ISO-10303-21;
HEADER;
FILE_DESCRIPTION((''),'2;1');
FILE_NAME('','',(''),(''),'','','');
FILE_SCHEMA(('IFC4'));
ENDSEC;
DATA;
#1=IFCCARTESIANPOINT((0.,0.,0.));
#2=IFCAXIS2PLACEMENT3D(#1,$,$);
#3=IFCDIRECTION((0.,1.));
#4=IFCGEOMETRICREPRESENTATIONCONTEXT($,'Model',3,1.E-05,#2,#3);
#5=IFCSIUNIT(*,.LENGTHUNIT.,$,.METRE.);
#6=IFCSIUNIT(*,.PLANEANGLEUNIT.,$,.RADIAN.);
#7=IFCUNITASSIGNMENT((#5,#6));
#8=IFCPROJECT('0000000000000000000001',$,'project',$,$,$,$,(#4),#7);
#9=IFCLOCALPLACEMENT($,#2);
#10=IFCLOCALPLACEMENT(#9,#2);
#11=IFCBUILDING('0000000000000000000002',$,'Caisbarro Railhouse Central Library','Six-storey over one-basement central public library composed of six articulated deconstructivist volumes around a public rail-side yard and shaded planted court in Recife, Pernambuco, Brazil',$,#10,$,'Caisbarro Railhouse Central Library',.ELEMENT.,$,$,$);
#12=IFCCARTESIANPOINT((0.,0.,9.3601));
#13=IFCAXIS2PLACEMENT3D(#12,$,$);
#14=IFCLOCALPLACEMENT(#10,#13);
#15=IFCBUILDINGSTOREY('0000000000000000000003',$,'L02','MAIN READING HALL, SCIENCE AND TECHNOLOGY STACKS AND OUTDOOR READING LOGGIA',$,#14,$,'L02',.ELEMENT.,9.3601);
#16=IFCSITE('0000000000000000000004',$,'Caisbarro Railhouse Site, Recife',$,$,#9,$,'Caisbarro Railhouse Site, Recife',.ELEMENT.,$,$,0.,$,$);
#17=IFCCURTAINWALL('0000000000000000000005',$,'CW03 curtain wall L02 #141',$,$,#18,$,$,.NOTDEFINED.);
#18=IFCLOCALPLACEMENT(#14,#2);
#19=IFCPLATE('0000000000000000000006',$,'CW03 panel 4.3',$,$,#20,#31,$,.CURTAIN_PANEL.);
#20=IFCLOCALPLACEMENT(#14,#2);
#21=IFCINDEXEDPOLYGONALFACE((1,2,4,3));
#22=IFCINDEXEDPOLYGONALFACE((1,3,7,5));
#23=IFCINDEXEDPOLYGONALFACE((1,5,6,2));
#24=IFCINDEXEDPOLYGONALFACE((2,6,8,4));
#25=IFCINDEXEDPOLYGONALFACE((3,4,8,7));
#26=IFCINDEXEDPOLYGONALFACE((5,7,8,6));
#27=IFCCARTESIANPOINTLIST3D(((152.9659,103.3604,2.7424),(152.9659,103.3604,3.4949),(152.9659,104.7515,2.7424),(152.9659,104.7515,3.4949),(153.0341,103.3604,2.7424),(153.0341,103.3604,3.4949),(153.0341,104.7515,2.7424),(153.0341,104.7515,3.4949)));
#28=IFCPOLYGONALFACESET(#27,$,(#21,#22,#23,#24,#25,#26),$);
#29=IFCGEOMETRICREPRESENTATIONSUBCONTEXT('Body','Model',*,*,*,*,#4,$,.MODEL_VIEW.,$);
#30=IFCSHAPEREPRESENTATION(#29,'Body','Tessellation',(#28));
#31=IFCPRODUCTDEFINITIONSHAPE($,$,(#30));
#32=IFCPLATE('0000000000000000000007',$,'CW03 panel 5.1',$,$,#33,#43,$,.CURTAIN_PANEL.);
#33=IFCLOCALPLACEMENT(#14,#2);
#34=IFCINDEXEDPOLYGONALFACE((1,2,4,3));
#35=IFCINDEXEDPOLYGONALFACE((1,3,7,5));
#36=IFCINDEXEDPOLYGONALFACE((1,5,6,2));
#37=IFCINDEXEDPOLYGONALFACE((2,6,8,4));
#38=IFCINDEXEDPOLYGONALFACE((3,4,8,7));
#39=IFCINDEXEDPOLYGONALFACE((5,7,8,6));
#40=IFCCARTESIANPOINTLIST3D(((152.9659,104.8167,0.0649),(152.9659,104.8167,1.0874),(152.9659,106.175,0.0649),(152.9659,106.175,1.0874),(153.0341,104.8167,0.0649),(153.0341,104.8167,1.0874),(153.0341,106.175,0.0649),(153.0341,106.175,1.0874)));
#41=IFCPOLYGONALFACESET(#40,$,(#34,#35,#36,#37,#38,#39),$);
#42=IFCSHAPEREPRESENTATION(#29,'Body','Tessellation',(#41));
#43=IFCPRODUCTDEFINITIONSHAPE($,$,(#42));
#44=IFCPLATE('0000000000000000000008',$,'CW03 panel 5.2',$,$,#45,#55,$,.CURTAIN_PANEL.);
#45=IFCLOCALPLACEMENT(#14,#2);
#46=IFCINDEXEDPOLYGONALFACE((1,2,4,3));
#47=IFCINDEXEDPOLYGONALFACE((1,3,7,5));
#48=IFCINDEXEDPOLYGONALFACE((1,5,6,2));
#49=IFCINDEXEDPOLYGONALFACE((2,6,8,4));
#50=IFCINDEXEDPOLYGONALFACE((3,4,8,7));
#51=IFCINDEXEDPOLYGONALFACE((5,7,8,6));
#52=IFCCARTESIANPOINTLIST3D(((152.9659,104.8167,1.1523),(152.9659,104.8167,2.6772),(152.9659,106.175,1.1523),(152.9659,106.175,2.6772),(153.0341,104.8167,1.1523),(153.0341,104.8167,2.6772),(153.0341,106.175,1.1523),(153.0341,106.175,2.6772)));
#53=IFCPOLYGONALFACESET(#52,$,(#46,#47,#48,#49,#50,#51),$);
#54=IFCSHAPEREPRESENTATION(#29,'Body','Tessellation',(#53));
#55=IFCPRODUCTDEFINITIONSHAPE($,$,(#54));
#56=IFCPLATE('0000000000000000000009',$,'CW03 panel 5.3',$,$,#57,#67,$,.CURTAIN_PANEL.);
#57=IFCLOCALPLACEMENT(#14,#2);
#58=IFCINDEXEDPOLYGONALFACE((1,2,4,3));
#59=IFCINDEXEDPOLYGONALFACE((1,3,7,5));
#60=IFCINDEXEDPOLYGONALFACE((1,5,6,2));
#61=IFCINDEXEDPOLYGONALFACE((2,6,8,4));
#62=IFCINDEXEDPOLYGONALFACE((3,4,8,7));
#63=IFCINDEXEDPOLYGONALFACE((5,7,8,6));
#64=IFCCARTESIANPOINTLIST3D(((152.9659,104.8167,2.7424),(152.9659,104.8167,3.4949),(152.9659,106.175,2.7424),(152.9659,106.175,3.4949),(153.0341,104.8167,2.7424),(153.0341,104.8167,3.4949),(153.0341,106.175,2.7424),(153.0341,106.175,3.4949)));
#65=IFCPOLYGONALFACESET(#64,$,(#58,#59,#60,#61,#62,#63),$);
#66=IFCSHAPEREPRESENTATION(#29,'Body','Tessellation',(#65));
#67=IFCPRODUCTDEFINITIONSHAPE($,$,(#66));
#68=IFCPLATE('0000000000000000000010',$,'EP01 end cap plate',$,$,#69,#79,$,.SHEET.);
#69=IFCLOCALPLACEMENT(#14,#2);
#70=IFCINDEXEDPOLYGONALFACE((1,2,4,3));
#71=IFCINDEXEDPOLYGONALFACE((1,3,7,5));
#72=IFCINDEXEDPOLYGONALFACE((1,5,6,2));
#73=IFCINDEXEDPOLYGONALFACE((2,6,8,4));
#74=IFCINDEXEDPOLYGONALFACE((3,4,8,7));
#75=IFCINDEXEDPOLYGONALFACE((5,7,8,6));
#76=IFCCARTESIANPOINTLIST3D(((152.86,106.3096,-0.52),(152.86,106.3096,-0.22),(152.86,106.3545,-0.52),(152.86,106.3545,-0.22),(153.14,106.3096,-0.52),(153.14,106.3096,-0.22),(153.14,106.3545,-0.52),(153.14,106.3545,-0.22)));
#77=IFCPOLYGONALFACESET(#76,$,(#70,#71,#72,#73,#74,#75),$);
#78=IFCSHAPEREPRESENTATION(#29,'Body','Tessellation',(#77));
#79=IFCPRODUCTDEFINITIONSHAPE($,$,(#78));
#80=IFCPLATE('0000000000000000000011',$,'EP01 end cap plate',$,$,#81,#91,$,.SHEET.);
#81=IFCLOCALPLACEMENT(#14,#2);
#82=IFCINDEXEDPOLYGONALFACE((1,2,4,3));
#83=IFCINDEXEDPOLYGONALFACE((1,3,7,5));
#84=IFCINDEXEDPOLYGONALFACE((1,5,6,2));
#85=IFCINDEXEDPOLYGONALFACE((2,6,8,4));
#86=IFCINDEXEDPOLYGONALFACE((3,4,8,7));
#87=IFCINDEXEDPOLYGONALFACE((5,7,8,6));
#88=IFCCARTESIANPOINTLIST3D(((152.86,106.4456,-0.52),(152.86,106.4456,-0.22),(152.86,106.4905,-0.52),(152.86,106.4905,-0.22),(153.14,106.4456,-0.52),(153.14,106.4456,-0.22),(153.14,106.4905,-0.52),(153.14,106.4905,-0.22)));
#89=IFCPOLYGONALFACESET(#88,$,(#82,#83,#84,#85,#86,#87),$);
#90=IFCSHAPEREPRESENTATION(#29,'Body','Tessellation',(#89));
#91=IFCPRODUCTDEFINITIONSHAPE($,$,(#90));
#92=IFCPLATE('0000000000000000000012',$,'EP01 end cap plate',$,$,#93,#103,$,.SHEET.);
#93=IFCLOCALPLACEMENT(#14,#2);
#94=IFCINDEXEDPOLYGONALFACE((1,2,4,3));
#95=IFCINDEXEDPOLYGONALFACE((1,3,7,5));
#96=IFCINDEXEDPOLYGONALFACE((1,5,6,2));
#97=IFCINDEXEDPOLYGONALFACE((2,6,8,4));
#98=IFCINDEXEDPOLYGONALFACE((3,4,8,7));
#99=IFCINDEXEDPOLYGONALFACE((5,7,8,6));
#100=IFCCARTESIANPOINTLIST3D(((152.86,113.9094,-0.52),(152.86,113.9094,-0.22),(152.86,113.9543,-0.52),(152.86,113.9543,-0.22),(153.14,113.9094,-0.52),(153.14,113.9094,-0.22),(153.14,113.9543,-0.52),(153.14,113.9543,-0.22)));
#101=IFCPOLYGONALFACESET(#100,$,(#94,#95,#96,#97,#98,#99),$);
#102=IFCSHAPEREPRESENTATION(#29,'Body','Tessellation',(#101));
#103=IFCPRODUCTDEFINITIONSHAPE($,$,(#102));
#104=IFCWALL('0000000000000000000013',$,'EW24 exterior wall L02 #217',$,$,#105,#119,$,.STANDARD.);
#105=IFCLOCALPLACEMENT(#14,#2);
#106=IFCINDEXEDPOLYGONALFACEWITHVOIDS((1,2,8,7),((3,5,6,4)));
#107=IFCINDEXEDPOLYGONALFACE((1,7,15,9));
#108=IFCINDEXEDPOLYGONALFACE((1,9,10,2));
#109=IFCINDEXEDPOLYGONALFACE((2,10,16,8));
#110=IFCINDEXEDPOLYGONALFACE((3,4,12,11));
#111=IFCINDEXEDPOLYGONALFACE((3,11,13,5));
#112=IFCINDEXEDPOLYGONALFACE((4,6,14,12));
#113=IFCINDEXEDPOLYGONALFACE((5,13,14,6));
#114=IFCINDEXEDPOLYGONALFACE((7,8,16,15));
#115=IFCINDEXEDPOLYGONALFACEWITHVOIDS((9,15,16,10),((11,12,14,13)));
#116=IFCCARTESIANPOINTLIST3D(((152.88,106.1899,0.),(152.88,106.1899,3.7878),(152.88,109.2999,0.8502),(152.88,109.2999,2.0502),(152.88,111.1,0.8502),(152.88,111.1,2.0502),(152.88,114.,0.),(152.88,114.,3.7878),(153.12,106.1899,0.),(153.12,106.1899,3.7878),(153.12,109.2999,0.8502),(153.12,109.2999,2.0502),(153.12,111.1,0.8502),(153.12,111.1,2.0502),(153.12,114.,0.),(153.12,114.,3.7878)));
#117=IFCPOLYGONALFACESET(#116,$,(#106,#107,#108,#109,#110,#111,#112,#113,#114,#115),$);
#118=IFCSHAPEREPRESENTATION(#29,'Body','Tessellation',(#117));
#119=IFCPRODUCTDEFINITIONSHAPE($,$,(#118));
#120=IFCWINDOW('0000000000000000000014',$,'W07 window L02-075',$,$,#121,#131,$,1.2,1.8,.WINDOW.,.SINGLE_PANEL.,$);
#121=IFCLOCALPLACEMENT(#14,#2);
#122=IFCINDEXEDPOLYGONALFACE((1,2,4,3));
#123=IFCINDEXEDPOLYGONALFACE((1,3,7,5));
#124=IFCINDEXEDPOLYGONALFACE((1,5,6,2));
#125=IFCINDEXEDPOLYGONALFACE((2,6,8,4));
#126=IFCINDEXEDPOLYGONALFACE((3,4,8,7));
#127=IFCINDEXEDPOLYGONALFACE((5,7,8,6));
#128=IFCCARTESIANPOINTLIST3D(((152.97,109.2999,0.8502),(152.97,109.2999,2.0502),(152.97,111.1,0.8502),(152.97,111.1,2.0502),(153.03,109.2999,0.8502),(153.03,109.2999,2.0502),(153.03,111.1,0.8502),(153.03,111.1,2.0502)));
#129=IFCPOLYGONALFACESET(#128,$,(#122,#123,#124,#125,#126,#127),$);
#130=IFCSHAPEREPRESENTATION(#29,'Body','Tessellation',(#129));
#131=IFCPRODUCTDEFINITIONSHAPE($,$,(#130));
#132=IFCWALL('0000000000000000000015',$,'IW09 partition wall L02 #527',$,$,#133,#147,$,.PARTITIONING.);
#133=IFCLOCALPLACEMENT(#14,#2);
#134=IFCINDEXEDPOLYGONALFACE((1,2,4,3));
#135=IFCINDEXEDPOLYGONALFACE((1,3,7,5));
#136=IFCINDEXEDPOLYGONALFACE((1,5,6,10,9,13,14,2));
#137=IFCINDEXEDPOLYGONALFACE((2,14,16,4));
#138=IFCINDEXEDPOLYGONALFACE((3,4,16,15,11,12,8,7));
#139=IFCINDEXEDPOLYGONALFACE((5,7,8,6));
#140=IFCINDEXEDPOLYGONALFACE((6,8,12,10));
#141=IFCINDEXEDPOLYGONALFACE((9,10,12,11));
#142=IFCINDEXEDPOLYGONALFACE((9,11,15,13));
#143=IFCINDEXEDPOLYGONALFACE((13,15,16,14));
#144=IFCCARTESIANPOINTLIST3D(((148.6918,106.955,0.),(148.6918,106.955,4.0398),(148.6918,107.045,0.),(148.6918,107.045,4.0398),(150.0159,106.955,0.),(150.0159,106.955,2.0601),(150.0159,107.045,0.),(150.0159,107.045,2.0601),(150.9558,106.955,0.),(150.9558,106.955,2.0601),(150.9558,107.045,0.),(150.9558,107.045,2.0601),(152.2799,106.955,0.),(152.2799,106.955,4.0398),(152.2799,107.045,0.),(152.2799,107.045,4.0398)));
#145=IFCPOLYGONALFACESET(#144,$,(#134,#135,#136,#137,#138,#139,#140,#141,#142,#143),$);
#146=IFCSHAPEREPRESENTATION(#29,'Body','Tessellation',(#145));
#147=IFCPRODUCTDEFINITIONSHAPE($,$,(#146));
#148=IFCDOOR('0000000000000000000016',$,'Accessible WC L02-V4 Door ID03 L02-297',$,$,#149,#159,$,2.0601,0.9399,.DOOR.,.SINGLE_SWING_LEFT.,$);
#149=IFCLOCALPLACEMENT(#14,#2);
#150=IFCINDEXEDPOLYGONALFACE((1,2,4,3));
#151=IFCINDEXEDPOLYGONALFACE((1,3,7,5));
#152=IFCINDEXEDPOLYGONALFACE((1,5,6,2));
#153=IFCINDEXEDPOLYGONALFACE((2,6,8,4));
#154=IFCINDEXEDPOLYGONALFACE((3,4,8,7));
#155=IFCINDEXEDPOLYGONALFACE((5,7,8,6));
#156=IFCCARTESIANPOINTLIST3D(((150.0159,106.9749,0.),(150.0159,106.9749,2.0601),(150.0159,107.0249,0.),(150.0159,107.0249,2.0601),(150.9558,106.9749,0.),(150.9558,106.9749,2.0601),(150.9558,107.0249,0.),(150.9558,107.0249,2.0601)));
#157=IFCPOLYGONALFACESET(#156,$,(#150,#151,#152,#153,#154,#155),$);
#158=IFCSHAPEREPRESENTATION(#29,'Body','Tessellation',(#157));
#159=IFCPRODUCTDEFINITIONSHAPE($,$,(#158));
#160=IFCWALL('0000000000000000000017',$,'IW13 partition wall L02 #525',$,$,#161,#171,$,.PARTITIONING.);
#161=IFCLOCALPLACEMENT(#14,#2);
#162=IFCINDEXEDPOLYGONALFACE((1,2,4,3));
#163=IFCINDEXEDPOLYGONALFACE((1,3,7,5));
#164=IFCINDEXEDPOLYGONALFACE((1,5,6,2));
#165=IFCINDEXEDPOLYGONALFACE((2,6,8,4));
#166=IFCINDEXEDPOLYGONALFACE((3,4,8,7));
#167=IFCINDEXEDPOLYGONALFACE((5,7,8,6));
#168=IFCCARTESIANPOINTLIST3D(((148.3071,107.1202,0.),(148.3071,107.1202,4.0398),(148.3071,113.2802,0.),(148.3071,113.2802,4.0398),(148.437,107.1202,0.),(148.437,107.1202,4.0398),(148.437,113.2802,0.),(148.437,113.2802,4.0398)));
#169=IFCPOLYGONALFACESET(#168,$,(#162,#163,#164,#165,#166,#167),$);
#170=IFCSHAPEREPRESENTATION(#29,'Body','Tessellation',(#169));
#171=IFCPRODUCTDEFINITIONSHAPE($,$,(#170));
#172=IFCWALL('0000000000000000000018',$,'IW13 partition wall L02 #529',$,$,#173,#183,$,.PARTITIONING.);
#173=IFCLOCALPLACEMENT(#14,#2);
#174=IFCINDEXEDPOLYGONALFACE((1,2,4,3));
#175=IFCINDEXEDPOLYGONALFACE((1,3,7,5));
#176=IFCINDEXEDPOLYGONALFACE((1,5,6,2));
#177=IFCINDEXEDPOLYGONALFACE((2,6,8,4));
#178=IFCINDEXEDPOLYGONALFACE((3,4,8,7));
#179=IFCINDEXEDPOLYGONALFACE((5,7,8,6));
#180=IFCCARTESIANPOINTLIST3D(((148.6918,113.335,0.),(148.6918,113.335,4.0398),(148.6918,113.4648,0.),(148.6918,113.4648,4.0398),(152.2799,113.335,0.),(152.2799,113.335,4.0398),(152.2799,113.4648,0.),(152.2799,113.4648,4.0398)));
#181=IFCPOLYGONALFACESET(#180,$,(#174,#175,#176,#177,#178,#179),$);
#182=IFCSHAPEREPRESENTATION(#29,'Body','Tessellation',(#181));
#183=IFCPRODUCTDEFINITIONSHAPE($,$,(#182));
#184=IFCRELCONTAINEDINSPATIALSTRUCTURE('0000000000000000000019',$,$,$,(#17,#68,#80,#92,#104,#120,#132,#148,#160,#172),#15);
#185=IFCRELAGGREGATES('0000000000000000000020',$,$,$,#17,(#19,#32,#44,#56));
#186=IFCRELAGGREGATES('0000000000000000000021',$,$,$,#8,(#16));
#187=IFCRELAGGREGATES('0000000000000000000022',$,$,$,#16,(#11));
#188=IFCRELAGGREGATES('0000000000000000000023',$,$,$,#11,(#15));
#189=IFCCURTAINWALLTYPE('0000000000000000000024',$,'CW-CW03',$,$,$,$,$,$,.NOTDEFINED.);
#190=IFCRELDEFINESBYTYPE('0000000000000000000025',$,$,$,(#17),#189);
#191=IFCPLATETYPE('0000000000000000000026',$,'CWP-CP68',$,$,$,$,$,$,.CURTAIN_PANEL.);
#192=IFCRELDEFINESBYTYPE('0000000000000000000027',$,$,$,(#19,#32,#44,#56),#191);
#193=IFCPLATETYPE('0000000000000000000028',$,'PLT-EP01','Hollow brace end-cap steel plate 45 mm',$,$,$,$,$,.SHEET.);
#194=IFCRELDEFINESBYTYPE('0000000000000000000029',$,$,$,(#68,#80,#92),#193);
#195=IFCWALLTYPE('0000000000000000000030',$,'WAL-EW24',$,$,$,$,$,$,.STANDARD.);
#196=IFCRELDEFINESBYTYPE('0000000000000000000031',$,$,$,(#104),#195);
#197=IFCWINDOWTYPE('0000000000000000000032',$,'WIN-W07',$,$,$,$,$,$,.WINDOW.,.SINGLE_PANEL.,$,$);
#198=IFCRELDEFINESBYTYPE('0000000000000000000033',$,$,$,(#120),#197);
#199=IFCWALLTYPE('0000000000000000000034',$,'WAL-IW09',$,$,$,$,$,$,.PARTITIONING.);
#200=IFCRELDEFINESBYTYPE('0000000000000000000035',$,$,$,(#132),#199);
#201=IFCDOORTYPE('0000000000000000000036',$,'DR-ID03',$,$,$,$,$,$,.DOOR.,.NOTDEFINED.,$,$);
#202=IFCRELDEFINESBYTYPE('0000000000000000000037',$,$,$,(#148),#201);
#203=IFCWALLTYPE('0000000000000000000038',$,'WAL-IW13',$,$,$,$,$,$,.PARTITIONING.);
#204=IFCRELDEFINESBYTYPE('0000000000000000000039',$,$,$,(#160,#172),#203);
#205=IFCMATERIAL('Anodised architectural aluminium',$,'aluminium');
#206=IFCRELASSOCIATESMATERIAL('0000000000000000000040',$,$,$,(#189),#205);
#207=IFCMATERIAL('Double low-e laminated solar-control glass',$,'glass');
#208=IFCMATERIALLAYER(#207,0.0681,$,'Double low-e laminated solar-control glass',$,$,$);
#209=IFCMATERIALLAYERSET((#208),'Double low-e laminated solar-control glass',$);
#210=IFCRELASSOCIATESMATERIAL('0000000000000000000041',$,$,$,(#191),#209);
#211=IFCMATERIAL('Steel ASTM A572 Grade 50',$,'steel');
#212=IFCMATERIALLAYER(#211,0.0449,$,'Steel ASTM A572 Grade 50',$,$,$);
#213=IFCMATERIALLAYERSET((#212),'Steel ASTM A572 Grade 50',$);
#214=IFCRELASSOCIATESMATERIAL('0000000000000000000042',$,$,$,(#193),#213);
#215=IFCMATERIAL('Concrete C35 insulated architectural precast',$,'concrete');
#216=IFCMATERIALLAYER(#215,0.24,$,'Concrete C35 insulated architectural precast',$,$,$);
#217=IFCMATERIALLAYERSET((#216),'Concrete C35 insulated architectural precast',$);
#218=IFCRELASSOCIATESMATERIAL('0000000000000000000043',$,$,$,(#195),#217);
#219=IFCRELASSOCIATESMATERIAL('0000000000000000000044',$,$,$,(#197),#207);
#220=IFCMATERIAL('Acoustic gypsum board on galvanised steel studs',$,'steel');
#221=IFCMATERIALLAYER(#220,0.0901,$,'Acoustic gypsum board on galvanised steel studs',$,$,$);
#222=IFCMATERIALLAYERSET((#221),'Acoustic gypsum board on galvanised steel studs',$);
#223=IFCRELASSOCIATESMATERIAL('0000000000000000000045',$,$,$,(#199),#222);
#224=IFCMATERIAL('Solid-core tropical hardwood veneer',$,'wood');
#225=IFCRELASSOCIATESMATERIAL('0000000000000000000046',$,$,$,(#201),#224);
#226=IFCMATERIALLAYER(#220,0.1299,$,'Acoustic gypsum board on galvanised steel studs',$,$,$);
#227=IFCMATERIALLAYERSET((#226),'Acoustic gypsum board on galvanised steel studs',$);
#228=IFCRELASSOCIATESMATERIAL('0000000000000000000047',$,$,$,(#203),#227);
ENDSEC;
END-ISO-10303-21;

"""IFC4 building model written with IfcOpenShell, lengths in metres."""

from ifc_helpers import new_model, si_unit, direction, frame, frame_2d, origin, origin_2d, place, context, subcontext, project, spatial, rectangle, extrude, material, layer, layer_set, type_object, element, fill, aggregate, save


model = new_model("IFC4")

# Units and contexts
model_context = context("Model", 3, precision=1e-05, world=origin(), true_north=direction((0.0, 1.0)))
body_context = subcontext(model_context, "Body", "Model", "MODEL_VIEW")
ifc_project = project(units=[si_unit("LENGTHUNIT", "METRE"), si_unit("PLANEANGLEUNIT", "RADIAN")], contexts=[model_context])

# Site, building, storey
site_placement = place(None, origin())
site = spatial("IfcSite", under=ifc_project, at=site_placement, Name="Caisbarro Railhouse Site, Recife", LongName="Caisbarro Railhouse Site, Recife", CompositionType="ELEMENT", RefElevation=0.0)
building_placement = place(site_placement, origin())
building = spatial("IfcBuilding", under=site, at=building_placement, Name="Caisbarro Railhouse Central Library", Description="Six-storey over one-basement central public library composed of six articulated deconstructivist volumes around a public rail-side yard and shaded planted court in Recife, Pernambuco, Brazil", LongName="Caisbarro Railhouse Central Library", CompositionType="ELEMENT")
storey_placement = place(building_placement, frame((0.0, 0.0, 9.3601)))
storey = spatial("IfcBuildingStorey", under=building, at=storey_placement, Name="L02", Description="MAIN READING HALL, SCIENCE AND TECHNOLOGY STACKS AND OUTDOOR READING LOGGIA", LongName="L02", CompositionType="ELEMENT", Elevation=9.3601)

# Shared definitions
ifc_material_1 = material(Name="Steel ASTM A572 Grade 50", Category="steel")

# Curtain wall, plates
ifc_material_2 = material(Name="Anodised architectural aluminium", Category="aluminium")
curtain_wall_type = type_object("IfcCurtainWallType", Name="CW-CW03", PredefinedType="NOTDEFINED", material=ifc_material_2)
curtain_wall_placement = place(storey_placement, origin())
curtain_wall = element("IfcCurtainWall", 1, at=curtain_wall_placement, inside=storey, type_object=curtain_wall_type, Name="CW03 curtain wall L02 #141", PredefinedType="NOTDEFINED")
ifc_material_3 = material(Name="Double low-e laminated solar-control glass", Category="glass")
ifc_layer_1 = layer(ifc_material_3, 0.0681, Name="Double low-e laminated solar-control glass")
ifc_layer_set_1 = layer_set([ifc_layer_1], Name="Double low-e laminated solar-control glass")
plate_type_1 = type_object("IfcPlateType", Name="CWP-CP68", PredefinedType="CURTAIN_PANEL", material=ifc_layer_set_1)
plate_1_placement = place(storey_placement, frame((153.0, 104.0559, 2.7424), z_axis=(0.0, 0.0, 1.0), x_axis=(0.0, 1.0, 0.0)))
plate_1 = element("IfcPlate", 2, at=plate_1_placement, type_object=plate_type_1, Name="CW03 panel 4.3", PredefinedType="CURTAIN_PANEL", context=body_context, shape_type="SweptSolid", body=[
    extrude(rectangle(XDim=1.3911, YDim=0.0681, at=origin_2d()), origin(), (0.0, 0.0, 1.0), 0.7524),
])
plate_2_placement = place(storey_placement, frame((153.0, 105.4958, 0.0649), z_axis=(0.0, 0.0, 1.0), x_axis=(0.0, 1.0, 0.0)))
plate_2 = element("IfcPlate", 3, at=plate_2_placement, type_object=plate_type_1, Name="CW03 panel 5.1", PredefinedType="CURTAIN_PANEL", context=body_context, shape_type="SweptSolid", body=[
    extrude(rectangle(XDim=1.3584, YDim=0.0681, at=origin_2d()), origin(), (0.0, 0.0, 1.0), 1.0225),
])
plate_3_placement = place(storey_placement, frame((153.0, 105.4958, 1.1523), z_axis=(0.0, 0.0, 1.0), x_axis=(0.0, 1.0, 0.0)))
plate_3 = element("IfcPlate", 4, at=plate_3_placement, type_object=plate_type_1, Name="CW03 panel 5.2", PredefinedType="CURTAIN_PANEL", context=body_context, shape_type="SweptSolid", body=[
    extrude(rectangle(XDim=1.3584, YDim=0.0681, at=origin_2d()), origin(), (0.0, 0.0, 1.0), 1.5249),
])
plate_4_placement = place(storey_placement, frame((153.0, 105.4958, 2.7424), z_axis=(0.0, 0.0, 1.0), x_axis=(0.0, 1.0, 0.0)))
plate_4 = element("IfcPlate", 5, at=plate_4_placement, type_object=plate_type_1, Name="CW03 panel 5.3", PredefinedType="CURTAIN_PANEL", context=body_context, shape_type="SweptSolid", body=[
    extrude(rectangle(XDim=1.3584, YDim=0.0681, at=origin_2d()), origin(), (0.0, 0.0, 1.0), 0.7524),
])
aggregate(curtain_wall, [plate_1, plate_2, plate_3, plate_4])

# Plates
ifc_layer_2 = layer(ifc_material_1, 0.0449, Name="Steel ASTM A572 Grade 50")
ifc_layer_set_2 = layer_set([ifc_layer_2], Name="Steel ASTM A572 Grade 50")
plate_type_2 = type_object("IfcPlateType", Name="PLT-EP01", Description="Hollow brace end-cap steel plate 45 mm", PredefinedType="SHEET", material=ifc_layer_set_2)
for number, where, z_axis, x_axis, name in (
    (6, (153.0, 106.332, -0.52), (0.0, 0.0, 1.0), (0.0, 1.0, 0.0), "EP01 end cap plate"),
    (7, (153.0, 106.468, -0.52), (0.0, 0.0, 1.0), (0.0, 1.0, 0.0), "EP01 end cap plate"),
    (8, (153.0, 113.9319, -0.52), (0.0, 0.0, 1.0), (0.0, 1.0, 0.0), "EP01 end cap plate"),
):
    element("IfcPlate", number, at=place(storey_placement, frame(where, z_axis=z_axis, x_axis=x_axis)), inside=storey, type_object=plate_type_2, Name=name, PredefinedType="SHEET", context=body_context, shape_type="SweptSolid", body=[
        extrude(rectangle(XDim=0.0449, YDim=0.28, at=origin_2d()), origin(), (0.0, 0.0, 1.0), 0.3),
    ])

# Wall, opening, window
ifc_material_4 = material(Name="Concrete C35 insulated architectural precast", Category="concrete")
ifc_layer_3 = layer(ifc_material_4, 0.24, Name="Concrete C35 insulated architectural precast")
ifc_layer_set_3 = layer_set([ifc_layer_3], Name="Concrete C35 insulated architectural precast")
wall_type_1 = type_object("IfcWallType", Name="WAL-EW24", PredefinedType="STANDARD", material=ifc_layer_set_3)
wall_1_placement = place(storey_placement, frame((153.0, 106.1899, 0.0), z_axis=(0.0, 0.0, 1.0), x_axis=(0.0, 1.0, 0.0)))
wall_1 = element("IfcWall", 9, at=wall_1_placement, inside=storey, type_object=wall_type_1, Name="EW24 exterior wall L02 #217", PredefinedType="STANDARD", context=body_context, shape_type="SweptSolid", body=[
    extrude(rectangle(XDim=7.8101, YDim=0.24, at=frame_2d((3.905, 0.0))), origin(), (0.0, 0.0, 1.0), 3.7878),
])
opening_1_placement = place(wall_1_placement, frame((3.1101, 0.0, 0.8501)))
opening_1 = element("IfcOpeningElement", 10, at=opening_1_placement, cuts=wall_1, PredefinedType="OPENING", context=body_context, shape_type="SweptSolid", body=[
    extrude(rectangle(XDim=1.8, YDim=1.2, at=frame_2d((0.8999, 0.6001))), frame((0.0, 0.1299, 0.0), z_axis=(0.0, -1.0, 0.0), x_axis=(1.0, 0.0, 0.0)), (0.0, 0.0, 1.0), 0.26),
])
window_type = type_object("IfcWindowType", Name="WIN-W07", PartitioningType="SINGLE_PANEL", PredefinedType="WINDOW", material=ifc_material_3)
window_placement = place(opening_1_placement, origin())
window = element("IfcWindow", 11, at=window_placement, inside=storey, type_object=window_type, Name="W07 window L02-075", OverallHeight=1.2, OverallWidth=1.8, PartitioningType="SINGLE_PANEL", PredefinedType="WINDOW", context=body_context, shape_type="SweptSolid", body=[
    extrude(rectangle(XDim=1.8, YDim=1.2, at=frame_2d((0.8999, 0.6001))), frame((0.0, 0.03, 0.0), z_axis=(0.0, -1.0, 0.0), x_axis=(1.0, 0.0, 0.0)), (0.0, 0.0, 1.0), 0.0601),
])
fill(opening_1, window)

# Wall, opening, door
ifc_material_5 = material(Name="Acoustic gypsum board on galvanised steel studs", Category="steel")
ifc_layer_4 = layer(ifc_material_5, 0.0901, Name="Acoustic gypsum board on galvanised steel studs")
ifc_layer_set_4 = layer_set([ifc_layer_4], Name="Acoustic gypsum board on galvanised steel studs")
wall_type_2 = type_object("IfcWallType", Name="WAL-IW09", PredefinedType="PARTITIONING", material=ifc_layer_set_4)
wall_2_placement = place(storey_placement, frame((148.6919, 107.0, 0.0), z_axis=(0.0, 0.0, 1.0), x_axis=(1.0, 0.0, 0.0)))
wall_2 = element("IfcWall", 12, at=wall_2_placement, inside=storey, type_object=wall_type_2, Name="IW09 partition wall L02 #527", PredefinedType="PARTITIONING", context=body_context, shape_type="SweptSolid", body=[
    extrude(rectangle(XDim=3.5881, YDim=0.0901, at=frame_2d((1.7939, 0.0))), origin(), (0.0, 0.0, 1.0), 4.0398),
])
opening_2_placement = place(wall_2_placement, frame((1.324, 0.0, 0.0)))
opening_2 = element("IfcOpeningElement", 13, at=opening_2_placement, cuts=wall_2, PredefinedType="OPENING", context=body_context, shape_type="SweptSolid", body=[
    extrude(rectangle(XDim=0.9399, YDim=2.0601, at=frame_2d((0.47, 1.03))), frame((0.0, 0.0552, 0.0), z_axis=(0.0, -1.0, 0.0), x_axis=(1.0, 0.0, 0.0)), (0.0, 0.0, 1.0), 0.1101),
])
ifc_material_6 = material(Name="Solid-core tropical hardwood veneer", Category="wood")
door_type = type_object("IfcDoorType", Name="DR-ID03", OperationType="NOTDEFINED", PredefinedType="DOOR", material=ifc_material_6)
door_placement = place(opening_2_placement, origin())
door = element("IfcDoor", 14, at=door_placement, inside=storey, type_object=door_type, Name="Accessible WC L02-V4 Door ID03 L02-297", OperationType="SINGLE_SWING_LEFT", OverallHeight=2.0601, OverallWidth=0.9399, PredefinedType="DOOR", context=body_context, shape_type="SweptSolid", body=[
    extrude(rectangle(XDim=0.9399, YDim=2.0601, at=frame_2d((0.47, 1.03))), frame((0.0, 0.0249, 0.0), z_axis=(0.0, -1.0, 0.0), x_axis=(1.0, 0.0, 0.0)), (0.0, 0.0, 1.0), 0.05),
])
fill(opening_2, door)

# Walls
ifc_layer_5 = layer(ifc_material_5, 0.1299, Name="Acoustic gypsum board on galvanised steel studs")
ifc_layer_set_5 = layer_set([ifc_layer_5], Name="Acoustic gypsum board on galvanised steel studs")
wall_type_3 = type_object("IfcWallType", Name="WAL-IW13", PredefinedType="PARTITIONING", material=ifc_layer_set_5)
wall_3_placement = place(storey_placement, frame((148.3721, 107.1201, 0.0), z_axis=(0.0, 0.0, 1.0), x_axis=(0.0, 1.0, 0.0)))
element("IfcWall", 15, at=wall_3_placement, inside=storey, type_object=wall_type_3, Name="IW13 partition wall L02 #525", PredefinedType="PARTITIONING", context=body_context, shape_type="SweptSolid", body=[
    extrude(rectangle(XDim=6.1599, YDim=0.1299, at=frame_2d((3.0801, 0.0))), origin(), (0.0, 0.0, 1.0), 4.0398),
])
wall_4_placement = place(storey_placement, frame((148.6919, 113.3999, 0.0), z_axis=(0.0, 0.0, 1.0), x_axis=(1.0, 0.0, 0.0)))
element("IfcWall", 16, at=wall_4_placement, inside=storey, type_object=wall_type_3, Name="IW13 partition wall L02 #529", PredefinedType="PARTITIONING", context=body_context, shape_type="SweptSolid", body=[
    extrude(rectangle(XDim=3.5881, YDim=0.1299, at=frame_2d((1.7939, 0.0))), origin(), (0.0, 0.0, 1.0), 4.0398),
])

save(model, "model.ifc")
